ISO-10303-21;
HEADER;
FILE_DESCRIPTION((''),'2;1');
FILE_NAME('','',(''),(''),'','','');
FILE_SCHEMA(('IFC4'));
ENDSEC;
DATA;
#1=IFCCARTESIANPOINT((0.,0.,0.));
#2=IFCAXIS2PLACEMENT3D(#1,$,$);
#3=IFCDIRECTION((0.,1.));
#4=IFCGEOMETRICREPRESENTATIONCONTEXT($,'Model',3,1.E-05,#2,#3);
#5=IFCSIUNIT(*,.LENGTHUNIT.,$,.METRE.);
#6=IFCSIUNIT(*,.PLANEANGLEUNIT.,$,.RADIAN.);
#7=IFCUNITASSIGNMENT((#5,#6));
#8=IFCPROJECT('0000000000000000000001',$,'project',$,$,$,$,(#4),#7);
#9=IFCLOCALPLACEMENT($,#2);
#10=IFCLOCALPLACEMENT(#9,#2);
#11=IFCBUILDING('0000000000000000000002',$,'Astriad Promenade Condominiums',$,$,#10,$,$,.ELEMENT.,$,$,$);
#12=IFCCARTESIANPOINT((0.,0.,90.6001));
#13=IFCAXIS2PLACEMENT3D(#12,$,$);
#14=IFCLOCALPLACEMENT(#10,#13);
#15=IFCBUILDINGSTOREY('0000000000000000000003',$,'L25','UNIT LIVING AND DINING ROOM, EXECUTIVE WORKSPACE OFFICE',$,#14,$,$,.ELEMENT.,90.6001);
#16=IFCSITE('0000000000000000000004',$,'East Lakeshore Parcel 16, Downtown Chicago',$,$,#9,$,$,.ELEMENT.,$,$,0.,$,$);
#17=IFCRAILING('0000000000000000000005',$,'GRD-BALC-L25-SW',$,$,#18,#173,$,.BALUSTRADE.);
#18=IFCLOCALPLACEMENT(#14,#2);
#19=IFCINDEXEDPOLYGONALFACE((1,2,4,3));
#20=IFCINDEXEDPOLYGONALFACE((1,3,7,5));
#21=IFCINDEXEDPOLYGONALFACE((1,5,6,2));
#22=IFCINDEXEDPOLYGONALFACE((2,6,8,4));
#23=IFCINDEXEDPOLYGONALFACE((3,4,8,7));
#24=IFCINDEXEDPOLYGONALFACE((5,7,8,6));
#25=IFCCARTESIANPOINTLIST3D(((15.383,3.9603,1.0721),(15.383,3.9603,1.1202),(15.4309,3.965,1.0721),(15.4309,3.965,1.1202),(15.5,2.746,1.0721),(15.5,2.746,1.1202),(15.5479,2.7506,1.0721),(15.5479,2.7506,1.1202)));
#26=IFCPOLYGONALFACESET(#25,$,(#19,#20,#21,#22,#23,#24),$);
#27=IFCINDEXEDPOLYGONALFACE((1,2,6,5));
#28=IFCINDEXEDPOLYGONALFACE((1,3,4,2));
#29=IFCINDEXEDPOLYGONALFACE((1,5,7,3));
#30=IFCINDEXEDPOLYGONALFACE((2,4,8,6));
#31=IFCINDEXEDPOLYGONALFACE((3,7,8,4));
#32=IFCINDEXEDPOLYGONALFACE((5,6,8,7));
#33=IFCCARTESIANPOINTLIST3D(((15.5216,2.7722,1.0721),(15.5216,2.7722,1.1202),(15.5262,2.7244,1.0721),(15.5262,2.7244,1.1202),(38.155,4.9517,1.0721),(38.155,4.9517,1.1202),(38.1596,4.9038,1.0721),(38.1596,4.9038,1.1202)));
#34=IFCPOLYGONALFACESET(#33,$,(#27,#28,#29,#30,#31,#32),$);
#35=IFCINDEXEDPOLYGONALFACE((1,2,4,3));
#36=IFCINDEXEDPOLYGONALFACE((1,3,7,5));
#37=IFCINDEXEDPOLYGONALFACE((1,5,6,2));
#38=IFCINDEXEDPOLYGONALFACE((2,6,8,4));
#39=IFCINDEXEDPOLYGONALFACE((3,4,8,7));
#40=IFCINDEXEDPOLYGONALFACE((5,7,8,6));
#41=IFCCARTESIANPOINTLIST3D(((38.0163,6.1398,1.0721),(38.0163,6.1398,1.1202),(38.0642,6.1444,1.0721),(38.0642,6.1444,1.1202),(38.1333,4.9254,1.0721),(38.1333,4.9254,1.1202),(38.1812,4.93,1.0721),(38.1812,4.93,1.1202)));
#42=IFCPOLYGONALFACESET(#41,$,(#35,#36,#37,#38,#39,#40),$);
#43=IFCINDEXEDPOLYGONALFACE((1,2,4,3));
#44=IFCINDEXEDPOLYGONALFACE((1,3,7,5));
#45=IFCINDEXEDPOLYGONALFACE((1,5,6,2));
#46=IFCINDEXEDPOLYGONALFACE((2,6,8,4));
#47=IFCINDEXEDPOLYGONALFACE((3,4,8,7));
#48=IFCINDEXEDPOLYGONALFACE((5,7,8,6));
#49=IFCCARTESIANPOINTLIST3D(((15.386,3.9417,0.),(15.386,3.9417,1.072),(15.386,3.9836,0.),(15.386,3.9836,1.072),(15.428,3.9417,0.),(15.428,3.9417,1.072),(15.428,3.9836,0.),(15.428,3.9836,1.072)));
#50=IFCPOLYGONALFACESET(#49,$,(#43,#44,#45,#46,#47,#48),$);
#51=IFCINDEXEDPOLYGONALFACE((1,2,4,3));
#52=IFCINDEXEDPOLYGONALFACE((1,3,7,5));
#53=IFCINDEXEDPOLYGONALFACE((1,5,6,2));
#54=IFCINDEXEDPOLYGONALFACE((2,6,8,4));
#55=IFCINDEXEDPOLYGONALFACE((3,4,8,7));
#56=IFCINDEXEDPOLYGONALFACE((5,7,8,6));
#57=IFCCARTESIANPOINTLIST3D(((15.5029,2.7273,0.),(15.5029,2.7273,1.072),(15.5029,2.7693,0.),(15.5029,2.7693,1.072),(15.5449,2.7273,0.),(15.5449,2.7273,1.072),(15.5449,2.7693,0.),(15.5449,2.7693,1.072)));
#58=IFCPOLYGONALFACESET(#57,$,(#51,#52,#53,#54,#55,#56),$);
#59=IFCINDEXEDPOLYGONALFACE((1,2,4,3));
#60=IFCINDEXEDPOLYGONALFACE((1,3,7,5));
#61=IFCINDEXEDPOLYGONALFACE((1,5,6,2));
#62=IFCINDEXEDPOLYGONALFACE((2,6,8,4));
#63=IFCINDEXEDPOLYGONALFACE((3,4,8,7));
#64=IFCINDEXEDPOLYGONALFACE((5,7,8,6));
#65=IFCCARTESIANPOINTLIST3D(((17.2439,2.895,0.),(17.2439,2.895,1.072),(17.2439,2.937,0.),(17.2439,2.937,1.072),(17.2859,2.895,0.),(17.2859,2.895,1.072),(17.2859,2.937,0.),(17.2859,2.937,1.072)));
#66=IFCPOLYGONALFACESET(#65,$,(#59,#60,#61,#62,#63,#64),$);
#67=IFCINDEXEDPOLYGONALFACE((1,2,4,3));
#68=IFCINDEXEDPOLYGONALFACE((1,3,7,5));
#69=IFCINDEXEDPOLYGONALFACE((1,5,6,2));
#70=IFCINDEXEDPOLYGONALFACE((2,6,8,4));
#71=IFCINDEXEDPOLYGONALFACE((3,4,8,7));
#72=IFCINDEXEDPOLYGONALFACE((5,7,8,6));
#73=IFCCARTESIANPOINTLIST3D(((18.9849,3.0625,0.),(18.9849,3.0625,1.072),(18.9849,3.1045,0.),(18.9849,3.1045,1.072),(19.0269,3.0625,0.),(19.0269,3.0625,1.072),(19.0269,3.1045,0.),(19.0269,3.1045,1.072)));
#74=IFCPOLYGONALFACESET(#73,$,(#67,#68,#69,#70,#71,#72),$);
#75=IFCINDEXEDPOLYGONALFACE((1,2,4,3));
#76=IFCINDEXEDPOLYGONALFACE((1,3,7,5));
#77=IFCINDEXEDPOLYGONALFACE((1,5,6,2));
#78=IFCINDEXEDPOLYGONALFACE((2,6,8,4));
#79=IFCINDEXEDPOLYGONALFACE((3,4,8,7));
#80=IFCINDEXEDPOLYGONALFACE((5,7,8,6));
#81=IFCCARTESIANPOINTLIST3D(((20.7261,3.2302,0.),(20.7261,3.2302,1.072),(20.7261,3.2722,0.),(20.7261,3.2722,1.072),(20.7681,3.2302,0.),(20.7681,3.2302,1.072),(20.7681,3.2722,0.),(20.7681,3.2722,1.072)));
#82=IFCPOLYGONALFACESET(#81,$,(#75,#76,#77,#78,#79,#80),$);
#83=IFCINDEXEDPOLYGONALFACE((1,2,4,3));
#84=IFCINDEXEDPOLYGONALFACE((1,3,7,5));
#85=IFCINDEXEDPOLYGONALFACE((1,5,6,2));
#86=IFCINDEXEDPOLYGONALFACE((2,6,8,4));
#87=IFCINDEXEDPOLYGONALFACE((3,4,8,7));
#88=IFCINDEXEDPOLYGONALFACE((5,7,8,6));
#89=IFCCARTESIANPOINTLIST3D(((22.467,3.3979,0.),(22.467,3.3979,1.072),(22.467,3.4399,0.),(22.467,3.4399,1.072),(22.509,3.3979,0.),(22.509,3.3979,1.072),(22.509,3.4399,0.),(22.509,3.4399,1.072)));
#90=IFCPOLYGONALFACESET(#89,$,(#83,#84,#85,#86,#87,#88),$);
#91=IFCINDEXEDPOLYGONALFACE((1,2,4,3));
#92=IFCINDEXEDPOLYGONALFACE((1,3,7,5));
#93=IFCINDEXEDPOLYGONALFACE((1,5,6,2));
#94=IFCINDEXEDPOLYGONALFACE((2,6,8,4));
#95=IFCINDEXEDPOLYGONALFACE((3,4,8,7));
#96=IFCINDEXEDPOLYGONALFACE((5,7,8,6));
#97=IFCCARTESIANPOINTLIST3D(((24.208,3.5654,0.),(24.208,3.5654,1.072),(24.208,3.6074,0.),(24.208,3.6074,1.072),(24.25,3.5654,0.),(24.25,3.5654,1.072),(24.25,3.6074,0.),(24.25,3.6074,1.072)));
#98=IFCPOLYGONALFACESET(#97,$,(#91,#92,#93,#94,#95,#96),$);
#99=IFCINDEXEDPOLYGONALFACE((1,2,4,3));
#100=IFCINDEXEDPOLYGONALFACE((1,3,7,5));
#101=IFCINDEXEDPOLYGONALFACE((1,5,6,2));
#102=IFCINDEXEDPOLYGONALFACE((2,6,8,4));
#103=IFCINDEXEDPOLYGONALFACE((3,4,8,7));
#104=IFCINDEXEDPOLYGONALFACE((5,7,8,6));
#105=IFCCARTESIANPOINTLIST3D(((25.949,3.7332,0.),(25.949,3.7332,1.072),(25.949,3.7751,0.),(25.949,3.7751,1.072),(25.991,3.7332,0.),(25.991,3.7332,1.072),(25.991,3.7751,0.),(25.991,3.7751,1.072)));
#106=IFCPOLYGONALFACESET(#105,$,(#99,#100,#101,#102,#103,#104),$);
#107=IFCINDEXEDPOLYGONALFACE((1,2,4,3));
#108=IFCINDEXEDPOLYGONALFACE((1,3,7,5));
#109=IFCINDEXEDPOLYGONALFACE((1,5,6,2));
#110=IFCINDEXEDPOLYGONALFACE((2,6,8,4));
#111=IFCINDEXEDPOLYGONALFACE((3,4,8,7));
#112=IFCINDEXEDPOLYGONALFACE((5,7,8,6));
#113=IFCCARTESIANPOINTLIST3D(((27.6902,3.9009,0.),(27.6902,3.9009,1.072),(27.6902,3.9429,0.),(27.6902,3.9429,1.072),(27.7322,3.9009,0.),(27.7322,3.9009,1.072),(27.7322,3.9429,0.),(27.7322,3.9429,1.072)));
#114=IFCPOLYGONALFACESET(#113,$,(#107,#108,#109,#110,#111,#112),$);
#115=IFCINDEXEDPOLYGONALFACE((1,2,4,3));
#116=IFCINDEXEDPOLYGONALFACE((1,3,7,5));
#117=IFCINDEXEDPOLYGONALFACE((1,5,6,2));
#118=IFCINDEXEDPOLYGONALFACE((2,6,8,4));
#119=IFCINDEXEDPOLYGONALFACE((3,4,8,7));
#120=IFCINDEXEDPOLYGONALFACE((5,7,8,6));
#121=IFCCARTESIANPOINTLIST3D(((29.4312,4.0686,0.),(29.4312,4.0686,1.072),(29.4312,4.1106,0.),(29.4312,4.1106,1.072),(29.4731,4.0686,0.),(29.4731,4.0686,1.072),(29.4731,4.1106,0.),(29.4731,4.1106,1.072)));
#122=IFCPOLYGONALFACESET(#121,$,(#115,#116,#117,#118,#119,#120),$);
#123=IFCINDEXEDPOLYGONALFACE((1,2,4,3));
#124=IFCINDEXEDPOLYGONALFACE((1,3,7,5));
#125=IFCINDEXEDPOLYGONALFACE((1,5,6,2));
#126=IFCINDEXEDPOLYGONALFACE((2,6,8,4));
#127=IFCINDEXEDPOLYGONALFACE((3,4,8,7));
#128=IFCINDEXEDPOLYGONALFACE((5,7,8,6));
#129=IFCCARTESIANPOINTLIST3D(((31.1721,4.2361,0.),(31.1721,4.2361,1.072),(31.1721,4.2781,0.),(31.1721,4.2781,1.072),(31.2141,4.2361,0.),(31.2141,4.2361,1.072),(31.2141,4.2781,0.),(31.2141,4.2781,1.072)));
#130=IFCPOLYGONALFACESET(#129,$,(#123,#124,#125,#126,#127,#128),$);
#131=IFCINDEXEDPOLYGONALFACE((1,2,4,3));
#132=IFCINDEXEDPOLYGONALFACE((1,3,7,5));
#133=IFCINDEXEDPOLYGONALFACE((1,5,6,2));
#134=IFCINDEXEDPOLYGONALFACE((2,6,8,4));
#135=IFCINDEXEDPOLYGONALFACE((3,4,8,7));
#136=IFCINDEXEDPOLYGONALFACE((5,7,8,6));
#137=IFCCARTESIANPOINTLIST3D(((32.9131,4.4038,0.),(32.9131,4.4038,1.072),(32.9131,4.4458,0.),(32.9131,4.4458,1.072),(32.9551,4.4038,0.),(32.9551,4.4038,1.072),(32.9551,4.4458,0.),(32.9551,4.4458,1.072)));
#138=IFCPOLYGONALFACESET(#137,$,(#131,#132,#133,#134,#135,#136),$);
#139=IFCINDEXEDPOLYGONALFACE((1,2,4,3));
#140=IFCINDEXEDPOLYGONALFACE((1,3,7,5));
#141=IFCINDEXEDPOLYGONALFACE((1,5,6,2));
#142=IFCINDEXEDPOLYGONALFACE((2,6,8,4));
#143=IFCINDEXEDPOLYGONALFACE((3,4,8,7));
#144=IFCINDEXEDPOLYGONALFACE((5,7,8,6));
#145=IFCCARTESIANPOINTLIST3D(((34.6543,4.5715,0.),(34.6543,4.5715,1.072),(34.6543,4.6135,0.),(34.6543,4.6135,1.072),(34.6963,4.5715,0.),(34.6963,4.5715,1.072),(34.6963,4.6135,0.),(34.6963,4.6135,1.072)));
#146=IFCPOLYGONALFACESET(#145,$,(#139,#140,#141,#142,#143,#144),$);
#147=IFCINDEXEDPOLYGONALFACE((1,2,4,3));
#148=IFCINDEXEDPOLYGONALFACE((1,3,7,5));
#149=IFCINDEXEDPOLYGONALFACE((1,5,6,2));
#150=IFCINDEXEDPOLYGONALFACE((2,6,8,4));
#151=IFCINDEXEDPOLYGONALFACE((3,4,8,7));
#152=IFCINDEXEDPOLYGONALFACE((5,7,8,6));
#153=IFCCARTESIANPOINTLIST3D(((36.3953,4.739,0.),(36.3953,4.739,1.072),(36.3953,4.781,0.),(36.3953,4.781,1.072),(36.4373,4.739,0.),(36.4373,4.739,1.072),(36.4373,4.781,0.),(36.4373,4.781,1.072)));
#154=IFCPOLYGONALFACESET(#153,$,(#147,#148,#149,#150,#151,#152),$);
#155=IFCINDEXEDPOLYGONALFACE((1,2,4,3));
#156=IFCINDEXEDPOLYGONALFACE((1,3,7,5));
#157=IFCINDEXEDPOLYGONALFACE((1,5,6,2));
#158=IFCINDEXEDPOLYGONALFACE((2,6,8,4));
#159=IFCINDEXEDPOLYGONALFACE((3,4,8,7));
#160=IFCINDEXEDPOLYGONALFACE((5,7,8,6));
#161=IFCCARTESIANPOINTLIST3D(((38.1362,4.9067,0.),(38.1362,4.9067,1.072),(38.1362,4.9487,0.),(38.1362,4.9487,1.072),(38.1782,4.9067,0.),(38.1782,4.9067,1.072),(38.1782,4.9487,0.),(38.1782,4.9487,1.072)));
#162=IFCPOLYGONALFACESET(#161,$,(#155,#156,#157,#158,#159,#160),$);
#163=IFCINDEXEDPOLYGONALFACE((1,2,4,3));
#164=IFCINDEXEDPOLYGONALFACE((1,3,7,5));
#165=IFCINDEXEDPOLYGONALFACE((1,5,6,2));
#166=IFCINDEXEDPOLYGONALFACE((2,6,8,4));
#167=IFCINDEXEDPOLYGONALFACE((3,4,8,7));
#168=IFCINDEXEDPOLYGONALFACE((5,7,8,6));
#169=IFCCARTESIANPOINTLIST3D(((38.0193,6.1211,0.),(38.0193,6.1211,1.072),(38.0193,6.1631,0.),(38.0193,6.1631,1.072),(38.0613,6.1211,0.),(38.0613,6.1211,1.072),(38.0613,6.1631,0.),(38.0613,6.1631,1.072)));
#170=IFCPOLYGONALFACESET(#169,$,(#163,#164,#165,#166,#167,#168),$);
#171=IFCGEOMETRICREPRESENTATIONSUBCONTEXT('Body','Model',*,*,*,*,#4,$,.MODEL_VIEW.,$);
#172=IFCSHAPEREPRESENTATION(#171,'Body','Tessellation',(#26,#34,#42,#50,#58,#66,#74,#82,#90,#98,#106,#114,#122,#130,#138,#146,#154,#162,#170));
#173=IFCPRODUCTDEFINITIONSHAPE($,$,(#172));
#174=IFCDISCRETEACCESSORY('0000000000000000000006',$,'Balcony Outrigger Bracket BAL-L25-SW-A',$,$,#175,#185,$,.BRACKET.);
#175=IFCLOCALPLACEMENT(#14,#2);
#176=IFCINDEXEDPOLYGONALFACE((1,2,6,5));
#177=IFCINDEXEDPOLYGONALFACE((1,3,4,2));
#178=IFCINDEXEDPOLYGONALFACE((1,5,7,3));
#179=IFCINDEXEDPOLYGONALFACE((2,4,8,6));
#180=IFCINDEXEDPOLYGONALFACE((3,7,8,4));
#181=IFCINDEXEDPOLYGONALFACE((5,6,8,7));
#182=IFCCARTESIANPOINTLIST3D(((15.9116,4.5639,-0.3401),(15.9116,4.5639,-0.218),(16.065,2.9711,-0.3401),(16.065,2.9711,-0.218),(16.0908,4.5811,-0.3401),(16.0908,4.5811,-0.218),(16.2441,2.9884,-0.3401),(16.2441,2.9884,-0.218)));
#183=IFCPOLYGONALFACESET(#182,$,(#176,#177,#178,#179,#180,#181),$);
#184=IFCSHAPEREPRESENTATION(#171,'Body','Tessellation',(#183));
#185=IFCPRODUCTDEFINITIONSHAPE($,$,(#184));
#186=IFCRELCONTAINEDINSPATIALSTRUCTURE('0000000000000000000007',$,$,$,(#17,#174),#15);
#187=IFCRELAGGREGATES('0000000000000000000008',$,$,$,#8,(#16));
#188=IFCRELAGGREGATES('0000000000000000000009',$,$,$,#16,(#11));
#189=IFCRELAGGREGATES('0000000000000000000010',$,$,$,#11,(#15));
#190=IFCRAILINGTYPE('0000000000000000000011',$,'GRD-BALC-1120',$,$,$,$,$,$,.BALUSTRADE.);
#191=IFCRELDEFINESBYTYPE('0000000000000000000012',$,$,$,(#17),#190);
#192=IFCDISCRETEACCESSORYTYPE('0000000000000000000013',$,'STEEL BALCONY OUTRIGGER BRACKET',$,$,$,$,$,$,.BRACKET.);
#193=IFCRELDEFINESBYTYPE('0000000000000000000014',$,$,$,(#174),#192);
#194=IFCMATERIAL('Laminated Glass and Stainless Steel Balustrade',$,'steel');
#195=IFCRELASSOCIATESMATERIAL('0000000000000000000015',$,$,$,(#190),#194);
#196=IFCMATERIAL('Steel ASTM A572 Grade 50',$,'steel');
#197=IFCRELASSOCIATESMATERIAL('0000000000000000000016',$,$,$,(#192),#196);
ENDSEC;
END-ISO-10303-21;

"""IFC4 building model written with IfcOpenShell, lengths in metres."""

from ifc_helpers import new_model, si_unit, direction, frame, origin, origin_2d, place, context, subcontext, project, spatial, rectangle, extrude, source, transform, mapped, material, type_object, type_shapes, element, save


model = new_model("IFC4")

# Units and contexts
model_context = context("Model", 3, precision=1e-05, world=origin(), true_north=direction((0.0, 1.0)))
body_context = subcontext(model_context, "Body", "Model", "MODEL_VIEW")
ifc_project = project(units=[si_unit("LENGTHUNIT", "METRE"), si_unit("PLANEANGLEUNIT", "RADIAN")], contexts=[model_context])

# Site, building, storey
site_placement = place(None, origin())
site = spatial("IfcSite", under=ifc_project, at=site_placement, Name="East Lakeshore Parcel 16, Downtown Chicago", CompositionType="ELEMENT", RefElevation=0.0)
building_placement = place(site_placement, origin())
building = spatial("IfcBuilding", under=site, at=building_placement, Name="Astriad Promenade Condominiums", CompositionType="ELEMENT")
storey_placement = place(building_placement, frame((0.0, 0.0, 90.6001)))
storey = spatial("IfcBuildingStorey", under=building, at=storey_placement, Name="L25", Description="UNIT LIVING AND DINING ROOM, EXECUTIVE WORKSPACE OFFICE", CompositionType="ELEMENT", Elevation=90.6001)

# Railing
ifc_material_1 = material(Name="Laminated Glass and Stainless Steel Balustrade", Category="steel")
railing_type = type_object("IfcRailingType", Name="GRD-BALC-1120", PredefinedType="BALUSTRADE", material=ifc_material_1)
shared_shape_1 = source(origin(), body_context, "Body", "SweptSolid", [
    extrude(rectangle(XDim=0.0481, YDim=0.0481, at=origin_2d()), frame((0.0, 0.0, 1.0962), z_axis=(0.095857, -0.995395, 0.0), x_axis=(0.995395, 0.095857, 0.0)), (0.0, 0.0, 1.0), 1.22),
    extrude(rectangle(XDim=0.0481, YDim=0.0481, at=origin_2d()), frame((0.1169, -1.2144, 1.0962), z_axis=(0.995396, 0.09585, 0.0), x_axis=(-0.09585, 0.995396, 0.0)), (0.0, 0.0, 1.0), 22.738),
    extrude(rectangle(XDim=0.0481, YDim=0.0481, at=origin_2d()), frame((22.7502, 0.9651, 1.0962), z_axis=(-0.095857, 0.995395, 0.0), x_axis=(-0.995395, -0.095857, 0.0)), (0.0, 0.0, 1.0), 1.22),
    extrude(rectangle(XDim=0.042, YDim=0.042, at=origin_2d()), origin(), (0.0, 0.0, 1.0), 1.072),
    extrude(rectangle(XDim=0.042, YDim=0.042, at=origin_2d()), frame((0.1169, -1.2144, 0.0)), (0.0, 0.0, 1.0), 1.072),
    extrude(rectangle(XDim=0.042, YDim=0.042, at=origin_2d()), frame((1.8579, -1.0466, 0.0)), (0.0, 0.0, 1.0), 1.072),
    extrude(rectangle(XDim=0.042, YDim=0.042, at=origin_2d()), frame((3.5989, -0.8792, 0.0)), (0.0, 0.0, 1.0), 1.072),
    extrude(rectangle(XDim=0.042, YDim=0.042, at=origin_2d()), frame((5.3401, -0.7114, 0.0)), (0.0, 0.0, 1.0), 1.072),
    extrude(rectangle(XDim=0.042, YDim=0.042, at=origin_2d()), frame((7.0811, -0.5437, 0.0)), (0.0, 0.0, 1.0), 1.072),
    extrude(rectangle(XDim=0.042, YDim=0.042, at=origin_2d()), frame((8.822, -0.3762, 0.0)), (0.0, 0.0, 1.0), 1.072),
    extrude(rectangle(XDim=0.042, YDim=0.042, at=origin_2d()), frame((10.563, -0.2085, 0.0)), (0.0, 0.0, 1.0), 1.072),
    extrude(rectangle(XDim=0.042, YDim=0.042, at=origin_2d()), frame((12.3042, -0.0408, 0.0)), (0.0, 0.0, 1.0), 1.072),
    extrude(rectangle(XDim=0.042, YDim=0.042, at=origin_2d()), frame((14.0452, 0.127, 0.0)), (0.0, 0.0, 1.0), 1.072),
    extrude(rectangle(XDim=0.042, YDim=0.042, at=origin_2d()), frame((15.7861, 0.2944, 0.0)), (0.0, 0.0, 1.0), 1.072),
    extrude(rectangle(XDim=0.042, YDim=0.042, at=origin_2d()), frame((17.5271, 0.4622, 0.0)), (0.0, 0.0, 1.0), 1.072),
    extrude(rectangle(XDim=0.042, YDim=0.042, at=origin_2d()), frame((19.2683, 0.6299, 0.0)), (0.0, 0.0, 1.0), 1.072),
    extrude(rectangle(XDim=0.042, YDim=0.042, at=origin_2d()), frame((21.0093, 0.7974, 0.0)), (0.0, 0.0, 1.0), 1.072),
    extrude(rectangle(XDim=0.042, YDim=0.042, at=origin_2d()), frame((22.7502, 0.9651, 0.0)), (0.0, 0.0, 1.0), 1.072),
    extrude(rectangle(XDim=0.042, YDim=0.042, at=origin_2d()), frame((22.6333, 2.1794, 0.0)), (0.0, 0.0, 1.0), 1.072),
])
type_shapes(railing_type, [shared_shape_1])
railing_placement = place(storey_placement, frame((15.407, 3.9626, 0.0)))
element("IfcRailing", 1, at=railing_placement, inside=storey, type_object=railing_type, Name="GRD-BALC-L25-SW", PredefinedType="BALUSTRADE", context=body_context, shape_type="MappedRepresentation", body=[
    mapped(shared_shape_1, transform((0.0, 0.0, 0.0), scale=1.0)),
])

# Discrete accessory
ifc_material_2 = material(Name="Steel ASTM A572 Grade 50", Category="steel")
discrete_accessory_type = type_object("IfcDiscreteAccessoryType", Name="STEEL BALCONY OUTRIGGER BRACKET", PredefinedType="BRACKET", material=ifc_material_2)
shared_shape_2 = source(origin(), body_context, "Body", "SweptSolid", [
    extrude(rectangle(XDim=1.6001, YDim=0.1799, at=origin_2d()), origin(), (0.0, 0.0, 1.0), 0.1221),
])
type_shapes(discrete_accessory_type, [shared_shape_2])
discrete_accessory_placement = place(storey_placement, frame((16.0779, 3.7761, -0.3401), z_axis=(0.0, 0.0, 1.0), x_axis=(0.095846, -0.995396, 0.0)))
element("IfcDiscreteAccessory", 2, at=discrete_accessory_placement, inside=storey, type_object=discrete_accessory_type, Name="Balcony Outrigger Bracket BAL-L25-SW-A", PredefinedType="BRACKET", context=body_context, shape_type="MappedRepresentation", body=[
    mapped(shared_shape_2, transform((0.0, 0.0, 0.0), scale=1.0)),
])

save(model, "model.ifc")
